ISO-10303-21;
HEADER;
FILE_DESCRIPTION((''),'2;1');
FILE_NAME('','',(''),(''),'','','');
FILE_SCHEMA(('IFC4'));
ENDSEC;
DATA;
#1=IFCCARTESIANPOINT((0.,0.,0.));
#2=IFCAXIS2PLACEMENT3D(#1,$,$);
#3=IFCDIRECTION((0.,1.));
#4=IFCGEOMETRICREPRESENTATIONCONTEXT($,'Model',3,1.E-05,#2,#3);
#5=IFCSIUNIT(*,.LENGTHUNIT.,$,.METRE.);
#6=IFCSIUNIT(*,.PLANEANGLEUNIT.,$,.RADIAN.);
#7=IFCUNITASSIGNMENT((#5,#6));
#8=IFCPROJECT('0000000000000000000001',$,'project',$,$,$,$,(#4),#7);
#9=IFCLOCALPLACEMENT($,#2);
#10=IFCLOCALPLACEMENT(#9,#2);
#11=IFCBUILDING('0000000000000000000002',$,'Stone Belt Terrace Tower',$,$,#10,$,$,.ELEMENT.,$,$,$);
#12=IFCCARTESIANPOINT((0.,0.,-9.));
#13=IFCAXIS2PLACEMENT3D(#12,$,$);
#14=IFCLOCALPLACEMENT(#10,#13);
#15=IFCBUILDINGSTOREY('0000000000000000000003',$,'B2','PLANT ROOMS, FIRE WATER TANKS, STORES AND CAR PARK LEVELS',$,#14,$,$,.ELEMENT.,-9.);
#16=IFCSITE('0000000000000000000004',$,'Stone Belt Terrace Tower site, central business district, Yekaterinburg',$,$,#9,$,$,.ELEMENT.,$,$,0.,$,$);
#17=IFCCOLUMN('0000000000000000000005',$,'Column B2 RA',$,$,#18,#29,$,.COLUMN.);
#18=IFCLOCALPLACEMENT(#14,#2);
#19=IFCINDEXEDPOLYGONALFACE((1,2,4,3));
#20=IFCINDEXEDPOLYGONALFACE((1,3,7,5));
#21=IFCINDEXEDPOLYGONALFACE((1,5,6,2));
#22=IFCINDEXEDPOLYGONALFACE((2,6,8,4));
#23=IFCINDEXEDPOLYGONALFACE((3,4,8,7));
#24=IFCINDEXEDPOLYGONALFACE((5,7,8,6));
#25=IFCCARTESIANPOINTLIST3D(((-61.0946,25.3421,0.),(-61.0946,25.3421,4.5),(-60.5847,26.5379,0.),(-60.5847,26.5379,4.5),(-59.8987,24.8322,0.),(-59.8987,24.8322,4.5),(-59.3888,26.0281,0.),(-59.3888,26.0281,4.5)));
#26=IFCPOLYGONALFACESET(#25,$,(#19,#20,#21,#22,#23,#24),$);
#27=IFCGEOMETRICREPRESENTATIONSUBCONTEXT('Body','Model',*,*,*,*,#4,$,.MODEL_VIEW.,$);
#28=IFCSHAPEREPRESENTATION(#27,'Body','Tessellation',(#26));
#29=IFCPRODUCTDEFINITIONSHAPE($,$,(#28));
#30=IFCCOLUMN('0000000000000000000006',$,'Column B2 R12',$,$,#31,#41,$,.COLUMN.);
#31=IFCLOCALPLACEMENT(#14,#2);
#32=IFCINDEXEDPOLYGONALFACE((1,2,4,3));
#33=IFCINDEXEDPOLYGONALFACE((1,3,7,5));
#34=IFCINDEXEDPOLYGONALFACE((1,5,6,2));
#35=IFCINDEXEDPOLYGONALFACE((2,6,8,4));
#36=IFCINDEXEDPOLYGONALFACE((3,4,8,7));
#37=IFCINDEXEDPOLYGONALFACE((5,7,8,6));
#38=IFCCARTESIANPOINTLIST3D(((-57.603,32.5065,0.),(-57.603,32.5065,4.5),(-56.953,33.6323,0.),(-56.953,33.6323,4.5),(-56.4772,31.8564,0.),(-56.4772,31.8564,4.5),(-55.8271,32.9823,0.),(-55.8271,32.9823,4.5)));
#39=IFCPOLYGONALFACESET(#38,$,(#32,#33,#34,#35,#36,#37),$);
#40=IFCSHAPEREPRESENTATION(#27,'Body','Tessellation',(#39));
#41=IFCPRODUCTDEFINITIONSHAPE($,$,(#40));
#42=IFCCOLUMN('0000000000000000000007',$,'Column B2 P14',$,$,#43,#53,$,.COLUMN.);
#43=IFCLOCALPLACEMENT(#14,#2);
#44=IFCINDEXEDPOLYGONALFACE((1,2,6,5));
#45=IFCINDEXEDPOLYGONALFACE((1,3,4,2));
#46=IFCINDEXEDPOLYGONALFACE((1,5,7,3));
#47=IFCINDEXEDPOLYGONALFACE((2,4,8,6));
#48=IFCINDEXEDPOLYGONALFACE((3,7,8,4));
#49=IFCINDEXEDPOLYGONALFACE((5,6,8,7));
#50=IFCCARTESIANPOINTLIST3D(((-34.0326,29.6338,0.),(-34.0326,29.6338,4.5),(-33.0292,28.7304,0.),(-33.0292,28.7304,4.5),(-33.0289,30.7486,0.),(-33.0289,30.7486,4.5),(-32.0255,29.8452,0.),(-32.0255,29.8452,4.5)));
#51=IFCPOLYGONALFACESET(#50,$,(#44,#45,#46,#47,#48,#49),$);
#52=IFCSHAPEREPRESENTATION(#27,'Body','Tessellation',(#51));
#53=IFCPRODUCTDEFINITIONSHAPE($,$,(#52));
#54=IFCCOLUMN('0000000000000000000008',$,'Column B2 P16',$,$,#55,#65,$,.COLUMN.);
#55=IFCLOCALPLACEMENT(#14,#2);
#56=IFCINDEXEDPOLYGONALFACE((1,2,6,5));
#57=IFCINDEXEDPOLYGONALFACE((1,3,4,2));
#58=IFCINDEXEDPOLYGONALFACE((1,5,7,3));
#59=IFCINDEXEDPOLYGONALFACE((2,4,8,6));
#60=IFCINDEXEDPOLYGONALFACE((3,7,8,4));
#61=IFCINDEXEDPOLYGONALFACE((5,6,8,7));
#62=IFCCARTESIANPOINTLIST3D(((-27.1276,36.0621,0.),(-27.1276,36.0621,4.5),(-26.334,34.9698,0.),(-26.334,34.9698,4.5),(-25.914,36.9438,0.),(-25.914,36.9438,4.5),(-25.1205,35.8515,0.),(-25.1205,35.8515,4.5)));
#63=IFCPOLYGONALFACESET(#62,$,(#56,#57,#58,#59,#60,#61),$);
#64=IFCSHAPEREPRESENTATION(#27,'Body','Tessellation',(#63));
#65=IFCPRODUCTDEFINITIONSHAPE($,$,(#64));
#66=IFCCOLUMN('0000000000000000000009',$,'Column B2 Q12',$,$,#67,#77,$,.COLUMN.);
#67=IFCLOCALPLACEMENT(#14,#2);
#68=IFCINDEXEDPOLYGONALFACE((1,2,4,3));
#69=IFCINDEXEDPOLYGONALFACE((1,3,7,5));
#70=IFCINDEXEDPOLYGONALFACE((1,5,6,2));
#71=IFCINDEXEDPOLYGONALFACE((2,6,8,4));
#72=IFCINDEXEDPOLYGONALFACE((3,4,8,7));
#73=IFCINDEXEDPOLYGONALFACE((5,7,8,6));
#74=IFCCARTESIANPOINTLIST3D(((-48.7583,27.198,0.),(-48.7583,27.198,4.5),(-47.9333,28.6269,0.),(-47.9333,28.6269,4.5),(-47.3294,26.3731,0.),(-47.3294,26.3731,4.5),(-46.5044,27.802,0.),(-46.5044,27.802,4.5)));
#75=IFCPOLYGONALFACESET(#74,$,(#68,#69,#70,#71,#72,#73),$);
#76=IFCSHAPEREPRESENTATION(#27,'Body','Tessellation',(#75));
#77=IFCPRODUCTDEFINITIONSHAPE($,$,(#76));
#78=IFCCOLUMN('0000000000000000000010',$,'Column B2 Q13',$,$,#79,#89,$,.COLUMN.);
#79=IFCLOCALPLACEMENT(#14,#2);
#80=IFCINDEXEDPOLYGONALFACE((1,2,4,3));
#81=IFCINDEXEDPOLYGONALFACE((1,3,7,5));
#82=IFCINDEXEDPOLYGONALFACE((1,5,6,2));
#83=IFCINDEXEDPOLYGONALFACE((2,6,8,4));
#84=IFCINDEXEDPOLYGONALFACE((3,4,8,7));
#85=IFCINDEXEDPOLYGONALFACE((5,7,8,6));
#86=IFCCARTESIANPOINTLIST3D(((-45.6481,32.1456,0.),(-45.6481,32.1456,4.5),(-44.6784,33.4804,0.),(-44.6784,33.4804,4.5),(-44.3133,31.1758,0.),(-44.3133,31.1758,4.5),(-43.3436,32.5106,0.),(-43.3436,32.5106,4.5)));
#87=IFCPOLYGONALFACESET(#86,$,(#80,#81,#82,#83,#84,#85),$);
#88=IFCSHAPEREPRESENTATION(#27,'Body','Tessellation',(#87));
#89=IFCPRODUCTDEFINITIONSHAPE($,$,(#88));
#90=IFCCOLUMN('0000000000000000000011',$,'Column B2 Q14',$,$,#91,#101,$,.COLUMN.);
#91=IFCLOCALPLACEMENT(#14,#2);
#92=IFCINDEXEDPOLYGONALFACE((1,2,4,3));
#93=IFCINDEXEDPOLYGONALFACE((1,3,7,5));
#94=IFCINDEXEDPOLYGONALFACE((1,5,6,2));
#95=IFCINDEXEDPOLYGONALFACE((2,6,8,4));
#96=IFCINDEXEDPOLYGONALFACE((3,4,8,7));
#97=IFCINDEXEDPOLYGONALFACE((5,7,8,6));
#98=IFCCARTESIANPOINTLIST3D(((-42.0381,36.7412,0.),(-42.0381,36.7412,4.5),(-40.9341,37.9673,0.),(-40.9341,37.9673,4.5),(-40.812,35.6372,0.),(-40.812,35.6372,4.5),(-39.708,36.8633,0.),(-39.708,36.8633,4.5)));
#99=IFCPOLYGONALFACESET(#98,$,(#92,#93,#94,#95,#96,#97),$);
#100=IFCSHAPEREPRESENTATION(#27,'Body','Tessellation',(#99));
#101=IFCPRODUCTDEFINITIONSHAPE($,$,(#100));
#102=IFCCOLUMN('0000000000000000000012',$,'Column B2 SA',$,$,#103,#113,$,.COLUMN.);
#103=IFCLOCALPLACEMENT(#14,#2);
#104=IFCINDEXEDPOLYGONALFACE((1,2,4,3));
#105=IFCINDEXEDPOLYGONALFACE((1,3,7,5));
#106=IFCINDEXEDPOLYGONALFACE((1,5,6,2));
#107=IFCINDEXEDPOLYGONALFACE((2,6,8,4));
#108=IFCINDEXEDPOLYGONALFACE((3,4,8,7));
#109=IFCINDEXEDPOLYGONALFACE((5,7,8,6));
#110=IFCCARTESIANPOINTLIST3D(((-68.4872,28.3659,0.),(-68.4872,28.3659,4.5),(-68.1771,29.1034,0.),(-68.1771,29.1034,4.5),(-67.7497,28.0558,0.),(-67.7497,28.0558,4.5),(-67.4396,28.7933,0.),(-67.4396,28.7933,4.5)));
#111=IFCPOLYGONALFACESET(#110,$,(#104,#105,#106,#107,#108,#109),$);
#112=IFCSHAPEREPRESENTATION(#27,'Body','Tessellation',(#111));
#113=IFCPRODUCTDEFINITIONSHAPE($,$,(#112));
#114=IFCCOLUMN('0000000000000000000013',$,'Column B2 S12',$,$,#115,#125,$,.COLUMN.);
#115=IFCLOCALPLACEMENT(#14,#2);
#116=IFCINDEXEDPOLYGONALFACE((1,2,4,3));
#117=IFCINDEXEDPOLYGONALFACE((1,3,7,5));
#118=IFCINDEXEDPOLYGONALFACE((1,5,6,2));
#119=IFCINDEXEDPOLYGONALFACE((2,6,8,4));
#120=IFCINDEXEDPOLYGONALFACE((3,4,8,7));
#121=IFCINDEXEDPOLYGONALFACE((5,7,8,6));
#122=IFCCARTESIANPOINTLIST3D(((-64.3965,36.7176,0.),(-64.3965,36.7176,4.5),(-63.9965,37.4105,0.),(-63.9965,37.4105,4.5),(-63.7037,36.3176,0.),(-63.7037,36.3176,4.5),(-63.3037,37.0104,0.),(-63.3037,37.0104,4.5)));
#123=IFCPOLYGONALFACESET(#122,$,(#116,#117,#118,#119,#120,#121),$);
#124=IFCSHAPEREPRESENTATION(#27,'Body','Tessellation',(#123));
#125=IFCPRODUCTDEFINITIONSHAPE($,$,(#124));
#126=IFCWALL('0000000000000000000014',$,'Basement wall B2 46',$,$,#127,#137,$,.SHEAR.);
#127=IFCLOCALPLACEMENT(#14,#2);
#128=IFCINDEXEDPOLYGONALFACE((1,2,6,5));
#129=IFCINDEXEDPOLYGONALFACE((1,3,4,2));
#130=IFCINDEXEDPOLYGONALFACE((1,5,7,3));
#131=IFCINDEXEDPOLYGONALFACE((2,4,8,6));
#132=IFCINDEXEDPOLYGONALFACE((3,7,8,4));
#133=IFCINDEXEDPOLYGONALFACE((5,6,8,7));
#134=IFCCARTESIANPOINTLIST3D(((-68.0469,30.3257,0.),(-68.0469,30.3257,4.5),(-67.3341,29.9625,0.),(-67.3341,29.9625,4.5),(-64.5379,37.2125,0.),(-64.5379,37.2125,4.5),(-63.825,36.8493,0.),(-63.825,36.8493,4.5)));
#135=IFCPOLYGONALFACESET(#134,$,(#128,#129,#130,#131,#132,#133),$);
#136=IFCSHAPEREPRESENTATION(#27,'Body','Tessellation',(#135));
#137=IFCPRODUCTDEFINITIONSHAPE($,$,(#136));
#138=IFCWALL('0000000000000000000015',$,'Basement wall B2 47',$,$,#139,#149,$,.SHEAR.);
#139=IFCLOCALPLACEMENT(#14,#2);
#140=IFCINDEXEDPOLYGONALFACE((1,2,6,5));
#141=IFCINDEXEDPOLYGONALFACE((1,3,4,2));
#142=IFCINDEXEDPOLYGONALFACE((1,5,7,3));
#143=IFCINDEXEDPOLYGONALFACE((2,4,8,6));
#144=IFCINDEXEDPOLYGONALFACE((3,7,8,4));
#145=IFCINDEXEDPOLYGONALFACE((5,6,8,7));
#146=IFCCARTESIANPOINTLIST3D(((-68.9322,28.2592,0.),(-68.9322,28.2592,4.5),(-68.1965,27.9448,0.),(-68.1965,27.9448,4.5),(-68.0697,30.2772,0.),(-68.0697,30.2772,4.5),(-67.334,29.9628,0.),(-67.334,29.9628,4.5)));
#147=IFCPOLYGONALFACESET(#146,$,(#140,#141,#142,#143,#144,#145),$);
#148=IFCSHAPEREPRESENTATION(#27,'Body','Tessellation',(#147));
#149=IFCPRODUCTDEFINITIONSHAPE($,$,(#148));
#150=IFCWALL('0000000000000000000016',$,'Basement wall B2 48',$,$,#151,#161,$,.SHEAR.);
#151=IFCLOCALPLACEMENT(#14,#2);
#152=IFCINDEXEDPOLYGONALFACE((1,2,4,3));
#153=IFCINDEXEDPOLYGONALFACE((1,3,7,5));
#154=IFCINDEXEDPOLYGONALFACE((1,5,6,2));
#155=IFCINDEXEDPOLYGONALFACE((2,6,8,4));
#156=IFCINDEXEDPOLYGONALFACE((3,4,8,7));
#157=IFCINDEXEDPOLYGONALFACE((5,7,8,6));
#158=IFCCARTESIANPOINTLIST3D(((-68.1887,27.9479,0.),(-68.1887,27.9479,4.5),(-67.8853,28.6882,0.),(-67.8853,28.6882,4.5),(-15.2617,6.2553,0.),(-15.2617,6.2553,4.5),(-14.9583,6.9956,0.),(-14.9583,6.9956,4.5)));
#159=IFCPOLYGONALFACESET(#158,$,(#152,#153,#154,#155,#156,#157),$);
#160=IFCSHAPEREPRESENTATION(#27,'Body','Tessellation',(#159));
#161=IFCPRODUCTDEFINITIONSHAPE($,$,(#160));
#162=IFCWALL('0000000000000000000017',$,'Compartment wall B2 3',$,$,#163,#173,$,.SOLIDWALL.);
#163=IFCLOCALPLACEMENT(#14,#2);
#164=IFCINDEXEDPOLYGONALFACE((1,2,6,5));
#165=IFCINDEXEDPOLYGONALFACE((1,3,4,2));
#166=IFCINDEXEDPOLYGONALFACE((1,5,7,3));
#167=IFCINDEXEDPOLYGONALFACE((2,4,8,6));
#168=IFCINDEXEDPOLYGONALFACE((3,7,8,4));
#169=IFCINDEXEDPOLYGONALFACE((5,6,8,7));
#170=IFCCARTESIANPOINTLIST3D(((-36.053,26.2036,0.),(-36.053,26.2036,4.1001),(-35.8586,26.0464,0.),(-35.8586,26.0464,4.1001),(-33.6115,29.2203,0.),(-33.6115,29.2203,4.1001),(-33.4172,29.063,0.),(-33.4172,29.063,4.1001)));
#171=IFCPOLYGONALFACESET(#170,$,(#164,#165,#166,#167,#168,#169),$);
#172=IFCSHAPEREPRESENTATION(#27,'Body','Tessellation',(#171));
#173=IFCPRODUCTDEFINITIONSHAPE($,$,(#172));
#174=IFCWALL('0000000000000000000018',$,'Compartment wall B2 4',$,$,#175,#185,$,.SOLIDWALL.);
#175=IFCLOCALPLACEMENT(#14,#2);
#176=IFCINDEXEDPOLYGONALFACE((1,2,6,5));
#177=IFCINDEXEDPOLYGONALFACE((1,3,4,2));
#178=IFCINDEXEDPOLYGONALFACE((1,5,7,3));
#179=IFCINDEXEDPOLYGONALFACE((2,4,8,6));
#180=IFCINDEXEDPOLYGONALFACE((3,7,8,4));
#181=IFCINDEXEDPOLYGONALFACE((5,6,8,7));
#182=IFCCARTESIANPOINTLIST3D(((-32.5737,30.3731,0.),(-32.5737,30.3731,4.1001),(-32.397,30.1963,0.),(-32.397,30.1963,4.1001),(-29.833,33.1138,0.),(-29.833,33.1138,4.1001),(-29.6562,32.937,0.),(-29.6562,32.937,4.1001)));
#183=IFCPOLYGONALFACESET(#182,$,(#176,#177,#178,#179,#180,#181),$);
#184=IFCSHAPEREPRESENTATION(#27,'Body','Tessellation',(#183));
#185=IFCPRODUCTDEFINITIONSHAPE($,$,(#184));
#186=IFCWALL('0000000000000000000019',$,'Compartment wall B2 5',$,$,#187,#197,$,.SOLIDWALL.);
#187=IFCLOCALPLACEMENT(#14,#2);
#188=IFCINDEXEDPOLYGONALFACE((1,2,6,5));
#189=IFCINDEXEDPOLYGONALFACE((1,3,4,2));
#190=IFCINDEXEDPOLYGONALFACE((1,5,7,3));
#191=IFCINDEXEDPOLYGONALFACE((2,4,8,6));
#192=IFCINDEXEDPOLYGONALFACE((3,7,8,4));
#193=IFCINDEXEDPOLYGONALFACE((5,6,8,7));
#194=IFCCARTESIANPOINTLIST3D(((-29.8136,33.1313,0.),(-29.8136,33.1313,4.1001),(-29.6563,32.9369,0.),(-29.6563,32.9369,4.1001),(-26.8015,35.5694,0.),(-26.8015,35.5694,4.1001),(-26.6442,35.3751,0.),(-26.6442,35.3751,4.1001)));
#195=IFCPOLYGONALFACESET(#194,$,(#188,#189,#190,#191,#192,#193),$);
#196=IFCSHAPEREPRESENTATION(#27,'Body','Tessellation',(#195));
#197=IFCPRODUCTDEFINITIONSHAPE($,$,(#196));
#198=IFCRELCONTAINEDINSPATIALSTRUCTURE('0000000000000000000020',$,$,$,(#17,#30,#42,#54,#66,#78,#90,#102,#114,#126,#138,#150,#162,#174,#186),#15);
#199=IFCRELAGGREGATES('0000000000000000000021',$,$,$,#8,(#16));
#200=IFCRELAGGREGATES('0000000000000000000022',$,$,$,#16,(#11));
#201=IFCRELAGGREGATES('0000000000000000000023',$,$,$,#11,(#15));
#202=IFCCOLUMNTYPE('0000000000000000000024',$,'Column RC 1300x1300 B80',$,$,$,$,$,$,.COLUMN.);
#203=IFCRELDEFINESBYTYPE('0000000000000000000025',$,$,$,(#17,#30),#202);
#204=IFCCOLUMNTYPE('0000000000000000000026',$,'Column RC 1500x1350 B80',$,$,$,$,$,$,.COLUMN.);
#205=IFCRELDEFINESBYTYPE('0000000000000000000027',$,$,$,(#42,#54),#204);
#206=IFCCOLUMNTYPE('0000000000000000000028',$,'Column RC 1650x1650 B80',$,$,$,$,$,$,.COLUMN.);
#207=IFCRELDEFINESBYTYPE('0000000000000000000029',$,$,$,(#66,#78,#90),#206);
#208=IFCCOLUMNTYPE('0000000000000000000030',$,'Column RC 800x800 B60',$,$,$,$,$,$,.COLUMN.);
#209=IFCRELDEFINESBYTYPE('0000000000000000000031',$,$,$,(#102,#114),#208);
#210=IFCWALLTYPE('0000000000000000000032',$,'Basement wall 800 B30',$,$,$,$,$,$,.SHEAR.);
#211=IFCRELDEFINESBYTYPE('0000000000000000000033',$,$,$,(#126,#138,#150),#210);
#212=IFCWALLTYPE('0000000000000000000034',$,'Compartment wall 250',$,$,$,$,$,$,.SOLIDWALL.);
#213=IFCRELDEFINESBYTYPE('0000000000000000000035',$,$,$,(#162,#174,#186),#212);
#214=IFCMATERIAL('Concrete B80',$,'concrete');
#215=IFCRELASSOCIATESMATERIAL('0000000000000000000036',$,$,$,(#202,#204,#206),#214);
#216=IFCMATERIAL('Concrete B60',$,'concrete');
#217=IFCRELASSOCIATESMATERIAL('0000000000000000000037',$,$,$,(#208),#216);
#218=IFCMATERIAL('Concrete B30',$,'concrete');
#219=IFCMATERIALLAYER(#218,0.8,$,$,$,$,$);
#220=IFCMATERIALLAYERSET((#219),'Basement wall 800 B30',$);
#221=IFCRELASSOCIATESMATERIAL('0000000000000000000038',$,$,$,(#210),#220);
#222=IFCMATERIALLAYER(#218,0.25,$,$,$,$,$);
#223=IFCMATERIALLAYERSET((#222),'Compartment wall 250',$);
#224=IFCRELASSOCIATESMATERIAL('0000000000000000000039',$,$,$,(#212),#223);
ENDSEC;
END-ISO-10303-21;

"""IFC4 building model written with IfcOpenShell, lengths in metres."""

from ifc_helpers import new_model, si_unit, direction, frame, frame_2d, origin, origin_2d, place, context, subcontext, project, spatial, rectangle, extrude, material, layer, layer_set, material_profile, profile_set, type_object, element, save


model = new_model("IFC4")

# Units and contexts
model_context = context("Model", 3, precision=1e-05, world=origin(), true_north=direction((0.0, 1.0)))
body_context = subcontext(model_context, "Body", "Model", "MODEL_VIEW")
ifc_project = project(units=[si_unit("LENGTHUNIT", "METRE"), si_unit("PLANEANGLEUNIT", "RADIAN")], contexts=[model_context])

# Site, building, storey
site_placement = place(None, origin())
site = spatial("IfcSite", under=ifc_project, at=site_placement, Name="Stone Belt Terrace Tower site, central business district, Yekaterinburg", CompositionType="ELEMENT", RefElevation=0.0)
building_placement = place(site_placement, origin())
building = spatial("IfcBuilding", under=site, at=building_placement, Name="Stone Belt Terrace Tower", CompositionType="ELEMENT")
storey_placement = place(building_placement, frame((0.0, 0.0, -9.0)))
storey = spatial("IfcBuildingStorey", under=building, at=storey_placement, Name="B2", Description="PLANT ROOMS, FIRE WATER TANKS, STORES AND CAR PARK LEVELS", CompositionType="ELEMENT", Elevation=-9.0)

# Columns
ifc_material_1 = material(Name="Concrete B80", Category="concrete")
ifc_material_profile_1 = material_profile(ifc_material_1, rectangle(XDim=1.3, YDim=1.3, at=origin_2d()), Name="RC 1300x1300")
ifc_profile_set_1 = profile_set([ifc_material_profile_1], Name="Concrete B80")
column_type_1 = type_object("IfcColumnType", Name="Column RC 1300x1300 B80", PredefinedType="COLUMN", material=ifc_profile_set_1)
for number, where, z_axis, x_axis, name in (
    (1, (-60.2417, 25.6851, 0.0), (0.0, 0.0, 1.0), (0.392204, 0.919878, 0.0), "Column B2 RA"),
    (2, (-56.7151, 32.7444, 0.0), (0.0, 0.0, 1.0), (0.5, 0.866025, 0.0), "Column B2 R12"),
):
    element("IfcColumn", number, at=place(storey_placement, frame(where, z_axis=z_axis, x_axis=x_axis)), inside=storey, type_object=column_type_1, Name=name, PredefinedType="COLUMN", context=body_context, shape_type="SweptSolid", body=[
        extrude(rectangle(XDim=1.3, YDim=1.3, at=origin_2d()), origin(), (0.0, 0.0, 1.0), 4.5),
    ])
ifc_material_profile_2 = material_profile(ifc_material_1, rectangle(XDim=1.5, YDim=1.3501, at=origin_2d()), Name="RC 1500x1350")
ifc_profile_set_2 = profile_set([ifc_material_profile_2], Name="Concrete B80")
column_type_2 = type_object("IfcColumnType", Name="Column RC 1500x1350 B80", PredefinedType="COLUMN", material=ifc_profile_set_2)
for number, where, z_axis, x_axis, name in (
    (3, (-33.0291, 29.7395, 0.0), (0.0, 0.0, 1.0), (0.669131, 0.743145, 0.0), "Column B2 P14"),
    (4, (-26.124, 35.9568, 0.0), (0.0, 0.0, 1.0), (0.809017, 0.587785, 0.0), "Column B2 P16"),
):
    element("IfcColumn", number, at=place(storey_placement, frame(where, z_axis=z_axis, x_axis=x_axis)), inside=storey, type_object=column_type_2, Name=name, PredefinedType="COLUMN", context=body_context, shape_type="SweptSolid", body=[
        extrude(rectangle(XDim=1.5, YDim=1.3501, at=origin_2d()), origin(), (0.0, 0.0, 1.0), 4.5),
    ])
ifc_material_profile_3 = material_profile(ifc_material_1, rectangle(XDim=1.6499, YDim=1.6499, at=origin_2d()), Name="RC 1650x1650")
ifc_profile_set_3 = profile_set([ifc_material_profile_3], Name="Concrete B80")
column_type_3 = type_object("IfcColumnType", Name="Column RC 1650x1650 B80", PredefinedType="COLUMN", material=ifc_profile_set_3)
for number, where, z_axis, x_axis, name in (
    (5, (-47.6313, 27.5, 0.0), (0.0, 0.0, 1.0), (0.5, 0.866025, 0.0), "Column B2 Q12"),
    (6, (-44.4958, 32.3281, 0.0), (0.0, 0.0, 1.0), (0.587785, 0.809017, 0.0), "Column B2 Q13"),
    (7, (-40.873, 36.8022, 0.0), (0.0, 0.0, 1.0), (0.669131, 0.743145, 0.0), "Column B2 Q14"),
):
    element("IfcColumn", number, at=place(storey_placement, frame(where, z_axis=z_axis, x_axis=x_axis)), inside=storey, type_object=column_type_3, Name=name, PredefinedType="COLUMN", context=body_context, shape_type="SweptSolid", body=[
        extrude(rectangle(XDim=1.6499, YDim=1.6499, at=origin_2d()), origin(), (0.0, 0.0, 1.0), 4.5),
    ])
ifc_material_2 = material(Name="Concrete B60", Category="concrete")
ifc_material_profile_4 = material_profile(ifc_material_2, rectangle(XDim=0.8, YDim=0.8, at=origin_2d()), Name="RC 800x800")
ifc_profile_set_4 = profile_set([ifc_material_profile_4], Name="Concrete B60")
column_type_4 = type_object("IfcColumnType", Name="Column RC 800x800 B60", PredefinedType="COLUMN", material=ifc_profile_set_4)
for number, where, z_axis, x_axis, name in (
    (8, (-67.9634, 28.5796, 0.0), (0.0, 0.0, 1.0), (0.387636, 0.921812, 0.0), "Column B2 SA"),
    (9, (-63.8501, 36.864, 0.0), (0.0, 0.0, 1.0), (0.5, 0.866025, 0.0), "Column B2 S12"),
):
    element("IfcColumn", number, at=place(storey_placement, frame(where, z_axis=z_axis, x_axis=x_axis)), inside=storey, type_object=column_type_4, Name=name, PredefinedType="COLUMN", context=body_context, shape_type="SweptSolid", body=[
        extrude(rectangle(XDim=0.8, YDim=0.8, at=origin_2d()), origin(), (0.0, 0.0, 1.0), 4.5),
    ])

# Walls
ifc_material_3 = material(Name="Concrete B30", Category="concrete")
ifc_layer_1 = layer(ifc_material_3, 0.8)
ifc_layer_set_1 = layer_set([ifc_layer_1], Name="Basement wall 800 B30")
wall_type_1 = type_object("IfcWallType", Name="Basement wall 800 B30", PredefinedType="SHEAR", material=ifc_layer_set_1)
wall_1_placement = place(storey_placement, frame((-64.1814, 37.031, 0.0), z_axis=(0.0, 0.0, 1.0), x_axis=(-0.453998, -0.891003, 0.0)))
element("IfcWall", 10, at=wall_1_placement, inside=storey, type_object=wall_type_1, Name="Basement wall B2 46", PredefinedType="SHEAR", context=body_context, shape_type="SweptSolid", body=[
    extrude(rectangle(XDim=7.7292, YDim=0.8, at=frame_2d((3.8647, 0.0))), origin(), (0.0, 0.0, 1.0), 4.5),
])
wall_2_placement = place(storey_placement, frame((-67.7019, 30.1199, 0.0), z_axis=(0.0, 0.0, 1.0), x_axis=(-0.39302, -0.91953, 0.0)))
element("IfcWall", 11, at=wall_2_placement, inside=storey, type_object=wall_type_1, Name="Basement wall B2 47", PredefinedType="SHEAR", context=body_context, shape_type="SweptSolid", body=[
    extrude(rectangle(XDim=2.1946, YDim=0.8, at=frame_2d((1.0972, 0.0))), origin(), (0.0, 0.0, 1.0), 4.5),
])
wall_3_placement = place(storey_placement, frame((-68.0371, 28.3181, 0.0), z_axis=(0.0, 0.0, 1.0), x_axis=(0.925298, -0.379242, 0.0)))
element("IfcWall", 12, at=wall_3_placement, inside=storey, type_object=wall_type_1, Name="Basement wall B2 48", PredefinedType="SHEAR", context=body_context, shape_type="SweptSolid", body=[
    extrude(rectangle(XDim=57.2, YDim=0.8, at=frame_2d((28.6001, 0.0))), origin(), (0.0, 0.0, 1.0), 4.5),
])
ifc_layer_2 = layer(ifc_material_3, 0.25)
ifc_layer_set_2 = layer_set([ifc_layer_2], Name="Compartment wall 250")
wall_type_2 = type_object("IfcWallType", Name="Compartment wall 250", PredefinedType="SOLIDWALL", material=ifc_layer_set_2)
wall_4_placement = place(storey_placement, frame((-35.9558, 26.125, 0.0), z_axis=(0.0, 0.0, 1.0), x_axis=(0.629104, 0.777321, 0.0)))
element("IfcWall", 13, at=wall_4_placement, inside=storey, type_object=wall_type_2, Name="Compartment wall B2 3", PredefinedType="SOLIDWALL", context=body_context, shape_type="SweptSolid", body=[
    extrude(rectangle(XDim=3.8809, YDim=0.25, at=frame_2d((1.9404, 0.0))), origin(), (0.0, 0.0, 1.0), 4.1001),
])
wall_5_placement = place(storey_placement, frame((-32.4854, 30.2847, 0.0), z_axis=(0.0, 0.0, 1.0), x_axis=(0.707107, 0.707107, 0.0)))
element("IfcWall", 14, at=wall_5_placement, inside=storey, type_object=wall_type_2, Name="Compartment wall B2 4", PredefinedType="SOLIDWALL", context=body_context, shape_type="SweptSolid", body=[
    extrude(rectangle(XDim=3.876, YDim=0.25, at=frame_2d((1.938, 0.0))), origin(), (0.0, 0.0, 1.0), 4.1001),
])
wall_6_placement = place(storey_placement, frame((-29.7349, 33.0342, 0.0), z_axis=(0.0, 0.0, 1.0), x_axis=(0.777273, 0.629164, 0.0)))
element("IfcWall", 15, at=wall_6_placement, inside=storey, type_object=wall_type_2, Name="Compartment wall B2 5", PredefinedType="SOLIDWALL", context=body_context, shape_type="SweptSolid", body=[
    extrude(rectangle(XDim=3.8752, YDim=0.25, at=frame_2d((1.9375, 0.0))), origin(), (0.0, 0.0, 1.0), 4.1001),
])

save(model, "model.ifc")
